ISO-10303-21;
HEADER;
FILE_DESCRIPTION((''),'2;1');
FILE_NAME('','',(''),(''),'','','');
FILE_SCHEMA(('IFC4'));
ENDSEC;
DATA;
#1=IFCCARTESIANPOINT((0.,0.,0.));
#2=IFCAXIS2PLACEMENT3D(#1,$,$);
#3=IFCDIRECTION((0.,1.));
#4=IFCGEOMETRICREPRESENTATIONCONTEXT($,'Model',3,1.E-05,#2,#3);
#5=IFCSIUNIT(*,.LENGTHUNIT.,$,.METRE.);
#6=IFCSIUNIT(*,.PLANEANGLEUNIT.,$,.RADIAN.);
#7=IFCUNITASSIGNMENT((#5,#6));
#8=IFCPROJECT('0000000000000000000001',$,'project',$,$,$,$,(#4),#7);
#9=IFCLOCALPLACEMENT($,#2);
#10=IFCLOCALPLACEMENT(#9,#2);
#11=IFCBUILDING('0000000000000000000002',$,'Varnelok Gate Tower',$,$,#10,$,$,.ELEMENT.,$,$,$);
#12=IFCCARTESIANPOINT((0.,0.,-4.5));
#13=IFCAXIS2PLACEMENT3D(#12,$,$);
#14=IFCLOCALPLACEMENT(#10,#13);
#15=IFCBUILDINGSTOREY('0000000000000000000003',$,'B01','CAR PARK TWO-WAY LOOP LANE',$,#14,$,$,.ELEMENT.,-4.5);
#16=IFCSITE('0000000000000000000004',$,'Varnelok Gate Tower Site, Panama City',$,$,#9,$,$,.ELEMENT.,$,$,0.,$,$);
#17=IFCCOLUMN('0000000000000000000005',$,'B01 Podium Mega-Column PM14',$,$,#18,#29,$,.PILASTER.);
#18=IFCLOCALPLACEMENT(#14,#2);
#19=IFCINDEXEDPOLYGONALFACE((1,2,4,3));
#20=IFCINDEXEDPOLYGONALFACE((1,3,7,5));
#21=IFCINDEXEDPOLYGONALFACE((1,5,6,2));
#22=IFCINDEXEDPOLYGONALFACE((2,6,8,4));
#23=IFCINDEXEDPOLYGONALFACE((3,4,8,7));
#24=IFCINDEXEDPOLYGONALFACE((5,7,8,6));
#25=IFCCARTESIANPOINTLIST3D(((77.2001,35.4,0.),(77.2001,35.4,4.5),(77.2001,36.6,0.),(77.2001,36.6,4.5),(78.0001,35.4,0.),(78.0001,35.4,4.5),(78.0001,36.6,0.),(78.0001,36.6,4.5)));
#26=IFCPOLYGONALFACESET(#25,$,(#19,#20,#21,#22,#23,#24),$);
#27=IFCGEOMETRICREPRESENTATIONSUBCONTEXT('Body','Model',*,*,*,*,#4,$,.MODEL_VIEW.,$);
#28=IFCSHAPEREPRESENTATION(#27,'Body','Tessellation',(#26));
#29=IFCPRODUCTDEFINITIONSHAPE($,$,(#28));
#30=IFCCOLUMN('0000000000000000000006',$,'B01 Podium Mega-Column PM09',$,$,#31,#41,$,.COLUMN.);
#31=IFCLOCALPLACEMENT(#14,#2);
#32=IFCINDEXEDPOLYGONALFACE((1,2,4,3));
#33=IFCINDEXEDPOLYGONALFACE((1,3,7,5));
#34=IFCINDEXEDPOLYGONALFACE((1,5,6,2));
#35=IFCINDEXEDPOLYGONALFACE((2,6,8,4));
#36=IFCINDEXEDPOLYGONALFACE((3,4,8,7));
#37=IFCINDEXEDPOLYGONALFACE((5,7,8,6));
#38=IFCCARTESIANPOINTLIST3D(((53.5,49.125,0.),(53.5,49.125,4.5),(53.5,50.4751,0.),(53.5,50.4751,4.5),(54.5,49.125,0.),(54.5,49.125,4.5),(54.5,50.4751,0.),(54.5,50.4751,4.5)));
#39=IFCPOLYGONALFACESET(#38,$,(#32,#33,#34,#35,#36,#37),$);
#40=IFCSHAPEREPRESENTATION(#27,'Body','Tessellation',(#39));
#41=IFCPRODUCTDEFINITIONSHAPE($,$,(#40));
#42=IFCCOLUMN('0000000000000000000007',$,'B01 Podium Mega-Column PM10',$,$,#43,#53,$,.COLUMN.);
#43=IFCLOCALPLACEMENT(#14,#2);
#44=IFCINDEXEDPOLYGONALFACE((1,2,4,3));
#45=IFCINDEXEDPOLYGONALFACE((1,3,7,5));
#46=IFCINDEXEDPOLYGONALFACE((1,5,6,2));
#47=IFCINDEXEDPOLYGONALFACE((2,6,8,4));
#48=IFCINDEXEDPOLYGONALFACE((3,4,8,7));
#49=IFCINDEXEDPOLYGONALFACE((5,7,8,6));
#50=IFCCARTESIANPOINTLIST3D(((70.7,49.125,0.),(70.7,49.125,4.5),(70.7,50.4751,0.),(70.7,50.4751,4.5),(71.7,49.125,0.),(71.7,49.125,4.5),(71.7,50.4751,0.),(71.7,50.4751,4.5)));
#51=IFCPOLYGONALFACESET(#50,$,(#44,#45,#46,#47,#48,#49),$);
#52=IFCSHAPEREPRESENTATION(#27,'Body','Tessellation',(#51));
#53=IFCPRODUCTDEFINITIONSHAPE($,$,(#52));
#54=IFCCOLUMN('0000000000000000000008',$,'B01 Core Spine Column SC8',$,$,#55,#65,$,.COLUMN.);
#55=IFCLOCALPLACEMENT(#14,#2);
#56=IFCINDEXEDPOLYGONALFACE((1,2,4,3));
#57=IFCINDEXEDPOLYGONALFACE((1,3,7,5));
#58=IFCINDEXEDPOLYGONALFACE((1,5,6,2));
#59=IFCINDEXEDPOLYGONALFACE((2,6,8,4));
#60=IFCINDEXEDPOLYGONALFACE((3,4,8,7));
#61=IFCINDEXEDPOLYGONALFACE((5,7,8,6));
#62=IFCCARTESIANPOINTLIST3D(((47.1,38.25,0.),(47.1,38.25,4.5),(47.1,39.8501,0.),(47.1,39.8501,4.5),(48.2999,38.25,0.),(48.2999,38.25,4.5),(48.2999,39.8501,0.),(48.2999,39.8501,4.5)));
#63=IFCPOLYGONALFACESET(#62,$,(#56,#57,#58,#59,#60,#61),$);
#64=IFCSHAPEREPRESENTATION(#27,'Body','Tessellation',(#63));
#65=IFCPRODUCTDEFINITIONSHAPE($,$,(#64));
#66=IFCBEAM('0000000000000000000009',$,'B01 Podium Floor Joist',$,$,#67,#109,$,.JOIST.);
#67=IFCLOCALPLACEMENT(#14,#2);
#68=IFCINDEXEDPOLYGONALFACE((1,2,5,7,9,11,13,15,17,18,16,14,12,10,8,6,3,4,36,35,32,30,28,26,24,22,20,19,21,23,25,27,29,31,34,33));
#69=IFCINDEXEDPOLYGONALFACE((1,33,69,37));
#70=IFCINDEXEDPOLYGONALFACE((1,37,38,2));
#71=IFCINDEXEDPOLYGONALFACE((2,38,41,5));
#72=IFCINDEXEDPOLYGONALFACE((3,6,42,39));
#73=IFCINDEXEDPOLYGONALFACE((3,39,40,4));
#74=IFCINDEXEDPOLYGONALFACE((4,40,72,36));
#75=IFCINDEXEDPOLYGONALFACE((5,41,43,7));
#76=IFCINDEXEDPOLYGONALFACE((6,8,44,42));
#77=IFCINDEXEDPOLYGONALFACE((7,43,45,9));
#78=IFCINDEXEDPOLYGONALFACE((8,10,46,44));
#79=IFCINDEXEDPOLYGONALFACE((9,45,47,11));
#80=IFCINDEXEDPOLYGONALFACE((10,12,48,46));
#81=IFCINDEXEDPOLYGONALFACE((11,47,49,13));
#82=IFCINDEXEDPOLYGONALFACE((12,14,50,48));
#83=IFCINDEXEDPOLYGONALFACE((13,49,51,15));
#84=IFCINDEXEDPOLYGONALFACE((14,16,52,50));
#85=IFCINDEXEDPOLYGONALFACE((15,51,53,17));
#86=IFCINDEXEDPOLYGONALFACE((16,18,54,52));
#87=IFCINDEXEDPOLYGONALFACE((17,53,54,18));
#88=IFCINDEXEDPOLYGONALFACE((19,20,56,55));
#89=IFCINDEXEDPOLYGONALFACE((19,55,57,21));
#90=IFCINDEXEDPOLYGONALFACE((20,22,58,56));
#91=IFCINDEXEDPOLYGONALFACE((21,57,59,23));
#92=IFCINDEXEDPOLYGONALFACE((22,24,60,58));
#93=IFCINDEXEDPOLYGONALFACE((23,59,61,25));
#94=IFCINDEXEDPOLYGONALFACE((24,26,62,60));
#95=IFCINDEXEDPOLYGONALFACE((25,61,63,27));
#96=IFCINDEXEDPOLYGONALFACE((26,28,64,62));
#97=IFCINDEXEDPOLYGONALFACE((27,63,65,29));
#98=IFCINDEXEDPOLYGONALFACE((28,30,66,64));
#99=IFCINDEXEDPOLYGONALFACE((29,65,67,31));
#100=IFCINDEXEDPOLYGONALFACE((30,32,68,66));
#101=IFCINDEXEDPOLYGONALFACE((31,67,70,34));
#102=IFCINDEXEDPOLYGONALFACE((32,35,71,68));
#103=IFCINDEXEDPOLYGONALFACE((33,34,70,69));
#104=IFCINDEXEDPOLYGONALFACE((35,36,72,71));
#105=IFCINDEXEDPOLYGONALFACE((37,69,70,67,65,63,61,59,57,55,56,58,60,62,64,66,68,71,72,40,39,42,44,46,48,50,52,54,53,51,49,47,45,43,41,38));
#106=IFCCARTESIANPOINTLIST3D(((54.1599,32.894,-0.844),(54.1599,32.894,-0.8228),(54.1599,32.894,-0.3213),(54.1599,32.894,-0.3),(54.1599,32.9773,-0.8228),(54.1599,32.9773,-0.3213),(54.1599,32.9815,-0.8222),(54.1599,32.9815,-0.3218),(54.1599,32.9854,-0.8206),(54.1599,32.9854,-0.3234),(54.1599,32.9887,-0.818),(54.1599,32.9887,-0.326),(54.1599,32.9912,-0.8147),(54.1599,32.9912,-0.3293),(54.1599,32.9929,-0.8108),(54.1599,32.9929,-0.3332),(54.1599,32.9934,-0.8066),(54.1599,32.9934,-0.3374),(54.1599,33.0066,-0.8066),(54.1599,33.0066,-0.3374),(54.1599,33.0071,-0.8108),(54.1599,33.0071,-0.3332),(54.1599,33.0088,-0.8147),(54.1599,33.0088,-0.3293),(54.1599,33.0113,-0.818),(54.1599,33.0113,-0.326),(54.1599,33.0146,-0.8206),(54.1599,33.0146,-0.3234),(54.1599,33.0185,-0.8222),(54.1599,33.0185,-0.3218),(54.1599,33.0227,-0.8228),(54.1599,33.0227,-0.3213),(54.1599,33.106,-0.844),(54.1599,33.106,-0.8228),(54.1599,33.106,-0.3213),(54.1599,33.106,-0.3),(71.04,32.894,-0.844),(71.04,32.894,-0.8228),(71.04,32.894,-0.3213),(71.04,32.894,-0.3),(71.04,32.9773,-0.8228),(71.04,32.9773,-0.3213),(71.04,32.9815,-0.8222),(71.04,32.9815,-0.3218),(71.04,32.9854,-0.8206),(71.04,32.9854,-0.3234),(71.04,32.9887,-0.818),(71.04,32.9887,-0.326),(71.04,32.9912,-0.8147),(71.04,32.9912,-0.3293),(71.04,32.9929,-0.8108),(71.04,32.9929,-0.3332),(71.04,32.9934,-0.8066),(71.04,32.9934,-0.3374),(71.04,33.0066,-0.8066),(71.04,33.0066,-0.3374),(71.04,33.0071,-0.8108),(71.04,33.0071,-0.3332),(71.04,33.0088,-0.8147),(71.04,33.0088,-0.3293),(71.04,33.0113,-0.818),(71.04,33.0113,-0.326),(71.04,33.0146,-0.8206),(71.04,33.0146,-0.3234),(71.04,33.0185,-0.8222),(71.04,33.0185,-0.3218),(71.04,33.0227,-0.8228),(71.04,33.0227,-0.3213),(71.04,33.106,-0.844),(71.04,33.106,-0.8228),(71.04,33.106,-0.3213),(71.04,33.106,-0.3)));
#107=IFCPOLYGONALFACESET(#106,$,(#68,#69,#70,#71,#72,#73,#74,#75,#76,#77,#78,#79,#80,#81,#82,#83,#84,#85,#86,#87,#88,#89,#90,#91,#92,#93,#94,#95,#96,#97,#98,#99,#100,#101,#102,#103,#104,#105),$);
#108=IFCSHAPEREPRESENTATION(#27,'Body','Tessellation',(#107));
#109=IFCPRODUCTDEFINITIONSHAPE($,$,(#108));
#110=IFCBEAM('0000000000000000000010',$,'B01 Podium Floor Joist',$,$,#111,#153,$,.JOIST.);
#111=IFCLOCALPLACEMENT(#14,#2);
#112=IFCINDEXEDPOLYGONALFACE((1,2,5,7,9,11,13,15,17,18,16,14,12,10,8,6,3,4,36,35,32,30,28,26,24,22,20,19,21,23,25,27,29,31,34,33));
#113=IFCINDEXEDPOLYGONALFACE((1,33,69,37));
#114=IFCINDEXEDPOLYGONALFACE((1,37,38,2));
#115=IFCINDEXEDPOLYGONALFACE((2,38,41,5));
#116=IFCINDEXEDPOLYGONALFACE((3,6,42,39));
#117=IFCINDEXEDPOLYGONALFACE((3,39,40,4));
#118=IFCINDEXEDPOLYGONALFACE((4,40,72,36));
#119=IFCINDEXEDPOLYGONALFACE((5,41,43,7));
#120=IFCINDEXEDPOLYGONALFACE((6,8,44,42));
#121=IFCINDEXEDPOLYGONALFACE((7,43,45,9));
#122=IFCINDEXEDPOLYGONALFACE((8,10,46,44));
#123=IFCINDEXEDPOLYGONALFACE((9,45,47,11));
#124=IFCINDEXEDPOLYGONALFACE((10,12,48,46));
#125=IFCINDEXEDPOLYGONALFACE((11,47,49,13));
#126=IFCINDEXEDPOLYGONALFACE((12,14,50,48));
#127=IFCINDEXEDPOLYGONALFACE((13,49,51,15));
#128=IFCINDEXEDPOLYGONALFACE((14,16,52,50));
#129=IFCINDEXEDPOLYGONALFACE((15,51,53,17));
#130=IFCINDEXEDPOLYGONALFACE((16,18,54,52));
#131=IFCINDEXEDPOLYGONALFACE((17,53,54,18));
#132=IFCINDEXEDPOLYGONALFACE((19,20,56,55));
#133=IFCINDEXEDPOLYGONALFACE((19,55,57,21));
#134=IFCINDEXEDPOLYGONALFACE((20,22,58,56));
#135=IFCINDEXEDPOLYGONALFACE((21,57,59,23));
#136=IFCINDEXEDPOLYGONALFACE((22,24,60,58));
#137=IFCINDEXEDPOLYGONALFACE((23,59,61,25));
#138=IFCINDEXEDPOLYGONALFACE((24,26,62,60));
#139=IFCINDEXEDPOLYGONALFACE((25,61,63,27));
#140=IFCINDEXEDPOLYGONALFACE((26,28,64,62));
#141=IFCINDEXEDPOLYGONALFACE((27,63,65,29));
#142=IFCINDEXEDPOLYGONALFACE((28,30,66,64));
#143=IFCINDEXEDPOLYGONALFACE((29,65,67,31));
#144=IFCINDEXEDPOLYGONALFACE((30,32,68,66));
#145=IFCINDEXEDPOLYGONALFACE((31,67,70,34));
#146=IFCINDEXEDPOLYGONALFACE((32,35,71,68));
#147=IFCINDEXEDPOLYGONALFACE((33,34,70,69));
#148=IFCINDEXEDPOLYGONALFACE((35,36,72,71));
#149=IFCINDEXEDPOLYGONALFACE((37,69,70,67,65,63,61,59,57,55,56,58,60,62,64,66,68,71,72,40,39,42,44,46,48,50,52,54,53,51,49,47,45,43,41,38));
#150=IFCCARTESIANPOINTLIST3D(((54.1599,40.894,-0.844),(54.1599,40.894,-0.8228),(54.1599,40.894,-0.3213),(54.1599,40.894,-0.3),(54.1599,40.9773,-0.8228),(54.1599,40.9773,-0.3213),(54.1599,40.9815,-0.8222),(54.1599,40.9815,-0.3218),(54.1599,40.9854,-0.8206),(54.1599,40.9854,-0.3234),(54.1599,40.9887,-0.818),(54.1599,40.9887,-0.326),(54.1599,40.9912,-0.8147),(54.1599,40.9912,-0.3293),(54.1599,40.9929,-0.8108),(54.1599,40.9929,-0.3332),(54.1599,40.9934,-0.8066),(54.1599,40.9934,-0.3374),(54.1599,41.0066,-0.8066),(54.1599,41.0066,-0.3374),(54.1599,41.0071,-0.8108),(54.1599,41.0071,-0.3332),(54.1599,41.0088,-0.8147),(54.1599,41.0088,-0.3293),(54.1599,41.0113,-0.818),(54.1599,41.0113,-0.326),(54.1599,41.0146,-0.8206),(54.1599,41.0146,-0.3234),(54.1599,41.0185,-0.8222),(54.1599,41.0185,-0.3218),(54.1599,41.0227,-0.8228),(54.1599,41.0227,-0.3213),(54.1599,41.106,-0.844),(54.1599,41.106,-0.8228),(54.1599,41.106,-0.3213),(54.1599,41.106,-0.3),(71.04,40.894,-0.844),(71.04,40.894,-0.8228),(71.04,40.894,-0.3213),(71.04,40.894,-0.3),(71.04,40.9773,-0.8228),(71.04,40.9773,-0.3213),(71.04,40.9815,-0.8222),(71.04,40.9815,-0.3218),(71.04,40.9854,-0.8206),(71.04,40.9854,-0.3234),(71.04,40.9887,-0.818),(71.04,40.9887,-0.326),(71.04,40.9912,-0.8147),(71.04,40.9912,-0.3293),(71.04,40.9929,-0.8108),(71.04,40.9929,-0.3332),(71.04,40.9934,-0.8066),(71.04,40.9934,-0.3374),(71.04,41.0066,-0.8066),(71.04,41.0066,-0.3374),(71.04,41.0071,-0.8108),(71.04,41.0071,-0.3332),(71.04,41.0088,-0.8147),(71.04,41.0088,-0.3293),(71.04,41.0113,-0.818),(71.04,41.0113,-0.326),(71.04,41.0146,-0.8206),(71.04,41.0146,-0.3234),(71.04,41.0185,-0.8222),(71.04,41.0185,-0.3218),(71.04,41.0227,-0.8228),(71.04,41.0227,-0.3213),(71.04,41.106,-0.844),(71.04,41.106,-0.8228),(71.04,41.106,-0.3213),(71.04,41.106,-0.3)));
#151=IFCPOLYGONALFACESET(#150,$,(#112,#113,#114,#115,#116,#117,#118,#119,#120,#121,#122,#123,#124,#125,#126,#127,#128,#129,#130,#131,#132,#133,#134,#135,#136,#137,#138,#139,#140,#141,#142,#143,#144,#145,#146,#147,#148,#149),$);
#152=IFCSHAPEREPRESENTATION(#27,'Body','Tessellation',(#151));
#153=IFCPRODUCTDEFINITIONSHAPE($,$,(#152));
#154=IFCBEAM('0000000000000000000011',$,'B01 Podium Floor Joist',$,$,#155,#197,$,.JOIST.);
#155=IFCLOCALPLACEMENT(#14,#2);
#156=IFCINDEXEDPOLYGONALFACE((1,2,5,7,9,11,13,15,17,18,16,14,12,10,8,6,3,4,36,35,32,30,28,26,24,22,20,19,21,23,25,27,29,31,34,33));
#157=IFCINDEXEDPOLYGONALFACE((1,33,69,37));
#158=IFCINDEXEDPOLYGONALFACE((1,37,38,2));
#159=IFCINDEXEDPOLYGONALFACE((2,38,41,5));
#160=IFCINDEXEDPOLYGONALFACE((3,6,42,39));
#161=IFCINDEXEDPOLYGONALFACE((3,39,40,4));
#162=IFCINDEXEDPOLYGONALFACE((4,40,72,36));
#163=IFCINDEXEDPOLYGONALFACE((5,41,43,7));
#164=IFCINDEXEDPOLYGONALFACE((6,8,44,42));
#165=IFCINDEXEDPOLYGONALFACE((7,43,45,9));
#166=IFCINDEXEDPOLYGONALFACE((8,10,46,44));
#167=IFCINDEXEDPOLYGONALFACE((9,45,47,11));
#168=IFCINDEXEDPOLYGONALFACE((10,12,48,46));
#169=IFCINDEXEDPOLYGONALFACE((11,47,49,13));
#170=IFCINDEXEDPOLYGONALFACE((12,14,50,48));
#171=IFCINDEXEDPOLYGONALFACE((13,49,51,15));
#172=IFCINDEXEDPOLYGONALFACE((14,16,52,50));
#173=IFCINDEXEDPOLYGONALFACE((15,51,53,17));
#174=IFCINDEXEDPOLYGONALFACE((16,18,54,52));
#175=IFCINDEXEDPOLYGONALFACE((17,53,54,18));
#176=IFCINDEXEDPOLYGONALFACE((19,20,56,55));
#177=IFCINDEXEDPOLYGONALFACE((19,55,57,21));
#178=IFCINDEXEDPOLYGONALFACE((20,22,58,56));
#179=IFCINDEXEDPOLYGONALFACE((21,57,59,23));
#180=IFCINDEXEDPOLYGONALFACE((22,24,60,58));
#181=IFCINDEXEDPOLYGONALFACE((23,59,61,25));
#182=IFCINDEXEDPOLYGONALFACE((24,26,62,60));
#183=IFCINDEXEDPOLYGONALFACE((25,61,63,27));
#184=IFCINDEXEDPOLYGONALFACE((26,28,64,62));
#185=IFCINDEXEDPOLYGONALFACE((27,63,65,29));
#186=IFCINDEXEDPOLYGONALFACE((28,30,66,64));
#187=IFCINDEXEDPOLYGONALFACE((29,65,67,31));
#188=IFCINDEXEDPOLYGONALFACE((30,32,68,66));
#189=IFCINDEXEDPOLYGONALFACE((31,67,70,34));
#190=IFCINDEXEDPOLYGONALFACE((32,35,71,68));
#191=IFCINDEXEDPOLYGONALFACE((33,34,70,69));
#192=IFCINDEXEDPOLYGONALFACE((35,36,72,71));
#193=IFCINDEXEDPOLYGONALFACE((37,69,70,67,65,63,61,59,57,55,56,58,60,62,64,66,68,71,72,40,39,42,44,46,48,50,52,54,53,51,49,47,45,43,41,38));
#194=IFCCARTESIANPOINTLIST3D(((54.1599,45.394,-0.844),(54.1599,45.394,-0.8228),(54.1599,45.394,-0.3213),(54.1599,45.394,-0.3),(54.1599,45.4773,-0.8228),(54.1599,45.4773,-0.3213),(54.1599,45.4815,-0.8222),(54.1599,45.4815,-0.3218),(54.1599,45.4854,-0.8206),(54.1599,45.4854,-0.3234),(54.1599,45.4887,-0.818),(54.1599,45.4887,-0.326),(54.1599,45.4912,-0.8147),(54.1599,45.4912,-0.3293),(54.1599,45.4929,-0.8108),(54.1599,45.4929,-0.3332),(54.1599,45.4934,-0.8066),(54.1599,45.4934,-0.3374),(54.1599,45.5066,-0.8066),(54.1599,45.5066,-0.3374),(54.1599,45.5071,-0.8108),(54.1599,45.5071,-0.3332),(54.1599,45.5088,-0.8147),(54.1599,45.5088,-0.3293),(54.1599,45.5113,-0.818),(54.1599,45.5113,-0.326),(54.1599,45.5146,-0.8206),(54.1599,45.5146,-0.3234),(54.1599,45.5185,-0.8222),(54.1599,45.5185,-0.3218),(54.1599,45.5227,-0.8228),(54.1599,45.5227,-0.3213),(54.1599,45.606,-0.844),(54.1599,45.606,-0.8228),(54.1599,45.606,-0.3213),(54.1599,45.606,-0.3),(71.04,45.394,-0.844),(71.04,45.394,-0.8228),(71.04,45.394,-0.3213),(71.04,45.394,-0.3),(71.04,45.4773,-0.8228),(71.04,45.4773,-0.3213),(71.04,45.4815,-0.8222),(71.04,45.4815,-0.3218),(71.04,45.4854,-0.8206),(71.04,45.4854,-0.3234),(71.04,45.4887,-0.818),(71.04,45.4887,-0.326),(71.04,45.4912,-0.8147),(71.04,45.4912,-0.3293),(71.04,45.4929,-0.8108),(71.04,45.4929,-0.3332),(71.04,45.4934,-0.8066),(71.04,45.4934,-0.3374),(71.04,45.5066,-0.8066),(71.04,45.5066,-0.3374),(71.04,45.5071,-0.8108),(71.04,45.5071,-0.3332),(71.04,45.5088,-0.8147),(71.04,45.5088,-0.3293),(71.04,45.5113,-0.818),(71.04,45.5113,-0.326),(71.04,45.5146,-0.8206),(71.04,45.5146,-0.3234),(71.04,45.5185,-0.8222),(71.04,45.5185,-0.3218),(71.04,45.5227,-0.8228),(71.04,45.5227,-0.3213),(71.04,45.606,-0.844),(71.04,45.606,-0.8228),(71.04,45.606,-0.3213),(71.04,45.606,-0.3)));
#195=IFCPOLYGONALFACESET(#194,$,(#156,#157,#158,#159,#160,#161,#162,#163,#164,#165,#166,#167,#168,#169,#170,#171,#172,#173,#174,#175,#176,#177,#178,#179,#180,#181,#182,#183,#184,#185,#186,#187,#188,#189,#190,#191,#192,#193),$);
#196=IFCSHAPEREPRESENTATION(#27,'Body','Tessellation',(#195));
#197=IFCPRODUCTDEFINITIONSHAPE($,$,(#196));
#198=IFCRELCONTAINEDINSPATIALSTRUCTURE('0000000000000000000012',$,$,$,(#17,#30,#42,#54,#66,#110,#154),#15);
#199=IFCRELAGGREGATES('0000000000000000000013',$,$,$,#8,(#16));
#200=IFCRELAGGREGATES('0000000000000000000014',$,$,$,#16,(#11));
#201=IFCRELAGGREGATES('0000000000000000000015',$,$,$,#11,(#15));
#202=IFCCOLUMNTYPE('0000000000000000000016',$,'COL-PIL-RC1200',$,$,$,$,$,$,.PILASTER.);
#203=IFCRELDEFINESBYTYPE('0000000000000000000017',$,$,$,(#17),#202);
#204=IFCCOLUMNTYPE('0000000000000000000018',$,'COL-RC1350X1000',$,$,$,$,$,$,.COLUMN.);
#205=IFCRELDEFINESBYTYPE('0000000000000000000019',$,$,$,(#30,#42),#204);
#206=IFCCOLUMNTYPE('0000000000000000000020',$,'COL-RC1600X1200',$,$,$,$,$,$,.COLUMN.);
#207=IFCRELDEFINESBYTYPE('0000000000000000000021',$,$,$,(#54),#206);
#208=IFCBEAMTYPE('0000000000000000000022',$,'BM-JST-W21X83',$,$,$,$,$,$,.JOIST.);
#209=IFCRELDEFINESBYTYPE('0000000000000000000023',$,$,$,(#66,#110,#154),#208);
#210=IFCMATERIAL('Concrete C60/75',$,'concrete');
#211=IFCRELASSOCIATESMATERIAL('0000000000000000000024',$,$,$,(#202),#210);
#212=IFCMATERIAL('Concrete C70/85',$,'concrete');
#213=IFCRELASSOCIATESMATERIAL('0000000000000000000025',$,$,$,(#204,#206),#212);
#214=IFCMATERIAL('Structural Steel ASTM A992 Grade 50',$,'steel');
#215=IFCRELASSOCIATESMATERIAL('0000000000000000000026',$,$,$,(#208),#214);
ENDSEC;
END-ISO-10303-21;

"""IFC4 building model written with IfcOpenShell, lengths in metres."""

from ifc_helpers import new_model, si_unit, direction, frame, origin, origin_2d, place, context, subcontext, project, spatial, rectangle, i_section, extrude, material, material_profile, profile_set, type_object, element, save


model = new_model("IFC4")

# Units and contexts
model_context = context("Model", 3, precision=1e-05, world=origin(), true_north=direction((0.0, 1.0)))
body_context = subcontext(model_context, "Body", "Model", "MODEL_VIEW")
ifc_project = project(units=[si_unit("LENGTHUNIT", "METRE"), si_unit("PLANEANGLEUNIT", "RADIAN")], contexts=[model_context])

# Site, building, storey
site_placement = place(None, origin())
site = spatial("IfcSite", under=ifc_project, at=site_placement, Name="Varnelok Gate Tower Site, Panama City", CompositionType="ELEMENT", RefElevation=0.0)
building_placement = place(site_placement, origin())
building = spatial("IfcBuilding", under=site, at=building_placement, Name="Varnelok Gate Tower", CompositionType="ELEMENT")
storey_placement = place(building_placement, frame((0.0, 0.0, -4.5)))
storey = spatial("IfcBuildingStorey", under=building, at=storey_placement, Name="B01", Description="CAR PARK TWO-WAY LOOP LANE", CompositionType="ELEMENT", Elevation=-4.5)

# Columns
ifc_material_1 = material(Name="Concrete C60/75", Category="concrete")
ifc_material_profile_1 = material_profile(ifc_material_1, rectangle(XDim=0.8, YDim=1.2, at=origin_2d()), Name="RC1200X800")
ifc_profile_set_1 = profile_set([ifc_material_profile_1], Name="Concrete C60/75")
column_type_1 = type_object("IfcColumnType", Name="COL-PIL-RC1200", PredefinedType="PILASTER", material=ifc_profile_set_1)
column_1_placement = place(storey_placement, frame((77.6001, 36.0, 0.0), z_axis=(0.0, 0.0, 1.0), x_axis=(1.0, 0.0, 0.0)))
element("IfcColumn", 1, at=column_1_placement, inside=storey, type_object=column_type_1, Name="B01 Podium Mega-Column PM14", PredefinedType="PILASTER", context=body_context, shape_type="SweptSolid", body=[
    extrude(rectangle(XDim=0.8, YDim=1.2, at=origin_2d()), origin(), (0.0, 0.0, 1.0), 4.5),
])
ifc_material_2 = material(Name="Concrete C70/85", Category="concrete")
ifc_material_profile_2 = material_profile(ifc_material_2, rectangle(XDim=1.0, YDim=1.3501, at=origin_2d()), Name="RC1350X1000")
ifc_profile_set_2 = profile_set([ifc_material_profile_2], Name="Concrete C70/85")
column_type_2 = type_object("IfcColumnType", Name="COL-RC1350X1000", PredefinedType="COLUMN", material=ifc_profile_set_2)
for number, where, z_axis, x_axis, name in (
    (2, (54.0, 49.8, 0.0), (0.0, 0.0, 1.0), (1.0, 0.0, 0.0), "B01 Podium Mega-Column PM09"),
    (3, (71.2, 49.8, 0.0), (0.0, 0.0, 1.0), (1.0, 0.0, 0.0), "B01 Podium Mega-Column PM10"),
):
    element("IfcColumn", number, at=place(storey_placement, frame(where, z_axis=z_axis, x_axis=x_axis)), inside=storey, type_object=column_type_2, Name=name, PredefinedType="COLUMN", context=body_context, shape_type="SweptSolid", body=[
        extrude(rectangle(XDim=1.0, YDim=1.3501, at=origin_2d()), origin(), (0.0, 0.0, 1.0), 4.5),
    ])
ifc_material_profile_3 = material_profile(ifc_material_2, rectangle(XDim=1.2, YDim=1.6001, at=origin_2d()), Name="RC1600X1200")
ifc_profile_set_3 = profile_set([ifc_material_profile_3], Name="Concrete C70/85")
column_type_3 = type_object("IfcColumnType", Name="COL-RC1600X1200", PredefinedType="COLUMN", material=ifc_profile_set_3)
column_2_placement = place(storey_placement, frame((47.7, 39.05, 0.0), z_axis=(0.0, 0.0, 1.0), x_axis=(1.0, 0.0, 0.0)))
element("IfcColumn", 4, at=column_2_placement, inside=storey, type_object=column_type_3, Name="B01 Core Spine Column SC8", PredefinedType="COLUMN", context=body_context, shape_type="SweptSolid", body=[
    extrude(rectangle(XDim=1.2, YDim=1.6001, at=origin_2d()), origin(), (0.0, 0.0, 1.0), 4.5),
])

# Beams
ifc_material_3 = material(Name="Structural Steel ASTM A992 Grade 50", Category="steel")
ifc_material_profile_4 = material_profile(ifc_material_3, i_section(OverallWidth=0.2119, OverallDepth=0.5439, WebThickness=0.0132, FlangeThickness=0.0212, FilletRadius=0.0161, at=origin_2d()), Name="W21X83")
ifc_profile_set_4 = profile_set([ifc_material_profile_4], Name="Structural Steel ASTM A992 Grade 50")
beam_type_1 = type_object("IfcBeamType", Name="BM-JST-W21X83", PredefinedType="JOIST", material=ifc_profile_set_4)
for number, where, z_axis, x_axis, name in (
    (5, (54.1599, 33.0, -0.572), (1.0, 0.0, 0.0), (0.0, 1.0, 0.0), "B01 Podium Floor Joist"),
    (6, (54.1599, 41.0, -0.572), (1.0, 0.0, 0.0), (0.0, 1.0, 0.0), "B01 Podium Floor Joist"),
    (7, (54.1599, 45.5, -0.572), (1.0, 0.0, 0.0), (0.0, 1.0, 0.0), "B01 Podium Floor Joist"),
):
    element("IfcBeam", number, at=place(storey_placement, frame(where, z_axis=z_axis, x_axis=x_axis)), inside=storey, type_object=beam_type_1, Name=name, PredefinedType="JOIST", context=body_context, shape_type="SweptSolid", body=[
        extrude(i_section(OverallWidth=0.2119, OverallDepth=0.5439, WebThickness=0.0132, FlangeThickness=0.0212, FilletRadius=0.0161, at=origin_2d()), origin(), (0.0, 0.0, 1.0), 16.8801),
    ])

save(model, "model.ifc")
